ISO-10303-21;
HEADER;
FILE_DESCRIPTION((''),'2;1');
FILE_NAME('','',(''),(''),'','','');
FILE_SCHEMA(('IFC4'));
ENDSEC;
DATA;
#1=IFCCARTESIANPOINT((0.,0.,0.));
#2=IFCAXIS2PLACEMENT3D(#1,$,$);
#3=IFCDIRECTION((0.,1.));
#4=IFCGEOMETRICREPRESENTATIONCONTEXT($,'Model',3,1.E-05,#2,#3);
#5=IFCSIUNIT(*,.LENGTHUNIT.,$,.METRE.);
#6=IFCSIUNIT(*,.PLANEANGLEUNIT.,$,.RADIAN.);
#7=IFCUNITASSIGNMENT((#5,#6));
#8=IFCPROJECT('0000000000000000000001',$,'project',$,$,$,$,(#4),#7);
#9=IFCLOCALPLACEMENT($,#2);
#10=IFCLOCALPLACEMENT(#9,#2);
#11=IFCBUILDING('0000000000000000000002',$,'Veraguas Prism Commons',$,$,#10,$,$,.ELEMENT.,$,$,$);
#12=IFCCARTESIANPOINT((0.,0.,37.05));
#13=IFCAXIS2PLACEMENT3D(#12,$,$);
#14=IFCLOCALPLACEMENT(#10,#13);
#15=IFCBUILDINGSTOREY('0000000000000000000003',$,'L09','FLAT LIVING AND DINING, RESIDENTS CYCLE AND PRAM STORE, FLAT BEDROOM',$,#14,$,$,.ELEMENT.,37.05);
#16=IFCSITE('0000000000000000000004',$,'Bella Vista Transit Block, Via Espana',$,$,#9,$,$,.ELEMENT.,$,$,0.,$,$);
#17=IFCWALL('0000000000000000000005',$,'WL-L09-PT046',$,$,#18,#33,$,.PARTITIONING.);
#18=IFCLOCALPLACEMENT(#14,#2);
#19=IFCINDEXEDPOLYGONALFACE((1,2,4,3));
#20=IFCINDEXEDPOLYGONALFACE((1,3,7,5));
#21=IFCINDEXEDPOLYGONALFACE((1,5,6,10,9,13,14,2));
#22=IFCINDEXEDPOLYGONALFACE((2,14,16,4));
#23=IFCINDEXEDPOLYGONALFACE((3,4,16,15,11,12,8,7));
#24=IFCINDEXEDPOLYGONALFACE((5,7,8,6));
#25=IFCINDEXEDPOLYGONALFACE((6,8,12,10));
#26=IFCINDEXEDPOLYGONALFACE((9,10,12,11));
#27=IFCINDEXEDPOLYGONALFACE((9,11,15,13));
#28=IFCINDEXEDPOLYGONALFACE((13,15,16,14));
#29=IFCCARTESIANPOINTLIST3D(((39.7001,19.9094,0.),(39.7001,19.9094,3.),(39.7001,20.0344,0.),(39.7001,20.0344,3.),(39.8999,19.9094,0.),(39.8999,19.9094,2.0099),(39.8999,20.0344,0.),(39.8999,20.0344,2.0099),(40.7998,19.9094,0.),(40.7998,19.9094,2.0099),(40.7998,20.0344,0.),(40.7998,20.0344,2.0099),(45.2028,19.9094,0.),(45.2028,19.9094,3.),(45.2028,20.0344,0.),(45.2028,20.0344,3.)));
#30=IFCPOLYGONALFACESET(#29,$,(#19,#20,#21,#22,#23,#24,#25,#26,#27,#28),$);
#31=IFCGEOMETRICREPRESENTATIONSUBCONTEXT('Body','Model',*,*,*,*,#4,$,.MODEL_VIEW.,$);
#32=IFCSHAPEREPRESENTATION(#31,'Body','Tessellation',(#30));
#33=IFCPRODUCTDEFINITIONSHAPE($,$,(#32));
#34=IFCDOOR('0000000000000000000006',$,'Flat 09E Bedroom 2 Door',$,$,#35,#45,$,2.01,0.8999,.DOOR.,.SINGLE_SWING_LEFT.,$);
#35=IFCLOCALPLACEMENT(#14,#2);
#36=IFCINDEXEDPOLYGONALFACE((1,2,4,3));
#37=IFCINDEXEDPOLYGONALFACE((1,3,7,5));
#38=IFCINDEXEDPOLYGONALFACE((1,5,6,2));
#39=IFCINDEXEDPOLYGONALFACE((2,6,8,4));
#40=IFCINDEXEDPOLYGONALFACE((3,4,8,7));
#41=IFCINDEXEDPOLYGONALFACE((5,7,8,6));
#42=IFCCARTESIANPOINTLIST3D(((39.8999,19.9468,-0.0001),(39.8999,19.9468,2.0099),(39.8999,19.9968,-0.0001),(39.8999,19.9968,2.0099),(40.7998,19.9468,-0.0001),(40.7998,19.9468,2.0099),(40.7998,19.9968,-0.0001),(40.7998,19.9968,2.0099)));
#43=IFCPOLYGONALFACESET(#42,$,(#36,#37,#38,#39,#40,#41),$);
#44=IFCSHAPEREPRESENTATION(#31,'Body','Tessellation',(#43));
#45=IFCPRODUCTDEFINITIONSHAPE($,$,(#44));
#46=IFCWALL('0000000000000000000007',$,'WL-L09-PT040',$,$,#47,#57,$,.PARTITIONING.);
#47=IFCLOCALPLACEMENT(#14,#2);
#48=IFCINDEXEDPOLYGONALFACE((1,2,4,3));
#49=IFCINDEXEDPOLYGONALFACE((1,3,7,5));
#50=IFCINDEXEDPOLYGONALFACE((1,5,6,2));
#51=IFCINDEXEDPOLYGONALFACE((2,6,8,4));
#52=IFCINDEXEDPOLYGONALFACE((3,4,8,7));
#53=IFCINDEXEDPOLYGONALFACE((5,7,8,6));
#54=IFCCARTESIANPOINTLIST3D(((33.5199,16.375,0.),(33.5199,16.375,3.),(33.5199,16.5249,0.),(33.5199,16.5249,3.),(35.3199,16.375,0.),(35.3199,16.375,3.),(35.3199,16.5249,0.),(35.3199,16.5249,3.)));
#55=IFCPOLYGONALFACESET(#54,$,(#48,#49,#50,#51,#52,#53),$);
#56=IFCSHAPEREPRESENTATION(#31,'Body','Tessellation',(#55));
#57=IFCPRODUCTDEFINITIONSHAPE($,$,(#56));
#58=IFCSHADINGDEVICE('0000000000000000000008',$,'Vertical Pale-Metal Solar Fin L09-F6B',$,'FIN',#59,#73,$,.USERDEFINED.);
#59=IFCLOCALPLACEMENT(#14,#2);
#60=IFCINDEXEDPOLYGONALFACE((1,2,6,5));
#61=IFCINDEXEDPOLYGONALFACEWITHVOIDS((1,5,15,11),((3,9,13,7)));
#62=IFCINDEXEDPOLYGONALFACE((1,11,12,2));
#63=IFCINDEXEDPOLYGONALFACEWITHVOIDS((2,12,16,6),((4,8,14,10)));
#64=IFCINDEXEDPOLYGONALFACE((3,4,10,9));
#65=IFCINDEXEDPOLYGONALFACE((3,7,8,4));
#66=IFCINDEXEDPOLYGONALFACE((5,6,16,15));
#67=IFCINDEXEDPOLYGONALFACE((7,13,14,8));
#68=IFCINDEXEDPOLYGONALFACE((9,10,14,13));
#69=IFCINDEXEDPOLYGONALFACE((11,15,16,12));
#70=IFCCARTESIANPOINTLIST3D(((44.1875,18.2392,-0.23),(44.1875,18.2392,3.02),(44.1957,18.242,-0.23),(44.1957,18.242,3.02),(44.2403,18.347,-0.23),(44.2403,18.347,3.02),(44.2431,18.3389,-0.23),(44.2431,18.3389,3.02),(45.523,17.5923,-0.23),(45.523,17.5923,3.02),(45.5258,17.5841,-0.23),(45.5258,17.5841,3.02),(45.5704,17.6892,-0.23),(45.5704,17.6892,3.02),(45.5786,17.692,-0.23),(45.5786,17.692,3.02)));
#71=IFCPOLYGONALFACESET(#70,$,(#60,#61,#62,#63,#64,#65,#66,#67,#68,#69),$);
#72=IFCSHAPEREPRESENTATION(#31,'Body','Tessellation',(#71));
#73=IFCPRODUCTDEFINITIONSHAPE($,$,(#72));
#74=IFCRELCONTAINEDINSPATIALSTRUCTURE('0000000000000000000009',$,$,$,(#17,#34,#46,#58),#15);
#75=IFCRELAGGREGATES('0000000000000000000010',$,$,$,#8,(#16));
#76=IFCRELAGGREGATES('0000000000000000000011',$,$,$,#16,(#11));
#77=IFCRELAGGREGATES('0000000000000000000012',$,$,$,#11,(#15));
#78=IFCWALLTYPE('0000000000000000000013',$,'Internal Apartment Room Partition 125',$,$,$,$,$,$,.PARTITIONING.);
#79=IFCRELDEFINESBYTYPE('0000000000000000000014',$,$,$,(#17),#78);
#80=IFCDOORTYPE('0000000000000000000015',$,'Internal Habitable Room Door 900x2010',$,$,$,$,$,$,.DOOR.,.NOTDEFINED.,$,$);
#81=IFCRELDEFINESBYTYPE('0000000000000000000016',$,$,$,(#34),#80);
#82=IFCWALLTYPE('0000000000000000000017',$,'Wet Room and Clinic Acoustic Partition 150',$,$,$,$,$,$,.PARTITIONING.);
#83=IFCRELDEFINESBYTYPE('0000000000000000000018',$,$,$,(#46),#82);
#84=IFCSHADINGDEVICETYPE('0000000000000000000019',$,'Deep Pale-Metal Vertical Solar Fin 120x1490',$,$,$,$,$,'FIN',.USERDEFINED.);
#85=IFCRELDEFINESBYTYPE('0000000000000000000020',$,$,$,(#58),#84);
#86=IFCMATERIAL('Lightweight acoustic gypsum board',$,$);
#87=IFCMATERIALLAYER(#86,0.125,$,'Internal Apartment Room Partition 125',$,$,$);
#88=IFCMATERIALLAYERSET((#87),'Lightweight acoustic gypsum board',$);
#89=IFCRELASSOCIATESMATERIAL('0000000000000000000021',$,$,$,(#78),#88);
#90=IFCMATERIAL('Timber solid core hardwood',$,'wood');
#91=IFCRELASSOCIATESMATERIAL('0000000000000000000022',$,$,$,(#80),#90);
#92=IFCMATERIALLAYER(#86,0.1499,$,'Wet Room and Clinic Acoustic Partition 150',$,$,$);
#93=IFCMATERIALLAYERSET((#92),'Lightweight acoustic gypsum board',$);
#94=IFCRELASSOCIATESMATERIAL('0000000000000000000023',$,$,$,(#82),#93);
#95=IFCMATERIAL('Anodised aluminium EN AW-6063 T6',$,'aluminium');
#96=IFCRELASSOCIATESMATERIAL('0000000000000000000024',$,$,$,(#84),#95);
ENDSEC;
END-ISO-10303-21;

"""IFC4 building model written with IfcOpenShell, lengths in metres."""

from ifc_helpers import new_model, si_unit, direction, frame, frame_2d, origin, origin_2d, place, context, subcontext, project, spatial, rectangle, hollow_rectangle, extrude, source, transform, mapped, material, layer, layer_set, material_profile, profile_set, type_object, element, fill, save


model = new_model("IFC4")

# Units and contexts
model_context = context("Model", 3, precision=1e-05, world=origin(), true_north=direction((0.0, 1.0)))
body_context = subcontext(model_context, "Body", "Model", "MODEL_VIEW")
ifc_project = project(units=[si_unit("LENGTHUNIT", "METRE"), si_unit("PLANEANGLEUNIT", "RADIAN")], contexts=[model_context])

# Site, building, storey
site_placement = place(None, origin())
site = spatial("IfcSite", under=ifc_project, at=site_placement, Name="Bella Vista Transit Block, Via Espana", CompositionType="ELEMENT", RefElevation=0.0)
building_placement = place(site_placement, origin())
building = spatial("IfcBuilding", under=site, at=building_placement, Name="Veraguas Prism Commons", CompositionType="ELEMENT")
storey_placement = place(building_placement, frame((0.0, 0.0, 37.05)))
storey = spatial("IfcBuildingStorey", under=building, at=storey_placement, Name="L09", Description="FLAT LIVING AND DINING, RESIDENTS CYCLE AND PRAM STORE, FLAT BEDROOM", CompositionType="ELEMENT", Elevation=37.05)

# Shared definitions
ifc_material_1 = material(Name="Anodised aluminium EN AW-6063 T6", Category="aluminium")

# Shared definitions
ifc_material_2 = material(Name="Lightweight acoustic gypsum board")
ifc_layer_1 = layer(ifc_material_2, 0.125, Name="Internal Apartment Room Partition 125")
ifc_layer_set_1 = layer_set([ifc_layer_1], Name="Lightweight acoustic gypsum board")
wall_type_1 = type_object("IfcWallType", Name="Internal Apartment Room Partition 125", PredefinedType="PARTITIONING", material=ifc_layer_set_1)
ifc_material_3 = material(Name="Timber solid core hardwood", Category="wood")
door_type_1 = type_object("IfcDoorType", Name="Internal Habitable Room Door 900x2010", OperationType="NOTDEFINED", PredefinedType="DOOR", material=ifc_material_3)
shared_shape_1 = source(origin(), body_context, "Body", "SweptSolid", [
    extrude(rectangle(XDim=0.8999, YDim=2.01, at=frame_2d((0.45, 1.0049))), frame((0.0, 0.0249, 0.0), z_axis=(0.0, -1.0, 0.0), x_axis=(1.0, 0.0, 0.0)), (0.0, 0.0, 1.0), 0.05),
])

# Wall, opening, door
wall_1_placement = place(storey_placement, frame((39.7, 19.9719, 0.0), z_axis=(0.0, 0.0, 1.0), x_axis=(1.0, 0.0, 0.0)))
wall_1 = element("IfcWall", 1, at=wall_1_placement, inside=storey, type_object=wall_type_1, Name="WL-L09-PT046", PredefinedType="PARTITIONING", context=body_context, shape_type="SweptSolid", body=[
    extrude(rectangle(XDim=5.5027, YDim=0.125, at=frame_2d((2.7515, 0.0))), origin(), (0.0, 0.0, 1.0), 3.0),
])
opening_1_placement = place(wall_1_placement, frame((0.2, 0.0, 0.0)))
opening_1 = element("IfcOpeningElement", 2, at=opening_1_placement, cuts=wall_1, PredefinedType="OPENING", context=body_context, shape_type="SweptSolid", body=[
    extrude(rectangle(XDim=0.8999, YDim=2.01, at=frame_2d((0.45, 1.0049))), frame((0.0, 0.0725, 0.0), z_axis=(0.0, -1.0, 0.0), x_axis=(1.0, 0.0, 0.0)), (0.0, 0.0, 1.0), 0.145),
])
door_1_placement = place(opening_1_placement, origin())
door_1 = element("IfcDoor", 3, at=door_1_placement, inside=storey, type_object=door_type_1, Name="Flat 09E Bedroom 2 Door", OperationType="SINGLE_SWING_LEFT", OverallHeight=2.01, OverallWidth=0.8999, PredefinedType="DOOR", context=body_context, shape_type="MappedRepresentation", body=[
    mapped(shared_shape_1, transform((0.0, 0.0, 0.0), scale=1.0)),
])
fill(opening_1, door_1)

# Wall
ifc_layer_2 = layer(ifc_material_2, 0.1499, Name="Wet Room and Clinic Acoustic Partition 150")
ifc_layer_set_2 = layer_set([ifc_layer_2], Name="Lightweight acoustic gypsum board")
wall_type_2 = type_object("IfcWallType", Name="Wet Room and Clinic Acoustic Partition 150", PredefinedType="PARTITIONING", material=ifc_layer_set_2)
wall_2_placement = place(storey_placement, frame((33.52, 16.45, 0.0), z_axis=(0.0, 0.0, 1.0), x_axis=(1.0, 0.0, 0.0)))
element("IfcWall", 4, at=wall_2_placement, inside=storey, type_object=wall_type_2, Name="WL-L09-PT040", PredefinedType="PARTITIONING", context=body_context, shape_type="SweptSolid", body=[
    extrude(rectangle(XDim=1.8, YDim=0.1499, at=frame_2d((0.8999, 0.0))), origin(), (0.0, 0.0, 1.0), 3.0),
])

# Shading device
ifc_material_profile_1 = material_profile(ifc_material_1, hollow_rectangle(XDim=0.1201, YDim=1.49, WallThickness=0.0061, at=origin_2d()), Name="FIN120X1490X6")
ifc_profile_set_1 = profile_set([ifc_material_profile_1], Name="Anodised aluminium EN AW-6063 T6")
shading_device_type = type_object("IfcShadingDeviceType", Name="Deep Pale-Metal Vertical Solar Fin 120x1490", ElementType="FIN", PredefinedType="USERDEFINED", material=ifc_profile_set_1)
shading_device_placement = place(storey_placement, frame((44.8831, 17.9656, -0.23), z_axis=(0.0, 0.0, 1.0), x_axis=(0.439627, 0.89818, 0.0)))
element("IfcShadingDevice", 5, at=shading_device_placement, inside=storey, type_object=shading_device_type, Name="Vertical Pale-Metal Solar Fin L09-F6B", ObjectType="FIN", PredefinedType="USERDEFINED", context=body_context, shape_type="SweptSolid", body=[
    extrude(hollow_rectangle(XDim=0.1201, YDim=1.49, WallThickness=0.0061, at=origin_2d()), origin(), (0.0, 0.0, 1.0), 3.25),
])

save(model, "model.ifc")
